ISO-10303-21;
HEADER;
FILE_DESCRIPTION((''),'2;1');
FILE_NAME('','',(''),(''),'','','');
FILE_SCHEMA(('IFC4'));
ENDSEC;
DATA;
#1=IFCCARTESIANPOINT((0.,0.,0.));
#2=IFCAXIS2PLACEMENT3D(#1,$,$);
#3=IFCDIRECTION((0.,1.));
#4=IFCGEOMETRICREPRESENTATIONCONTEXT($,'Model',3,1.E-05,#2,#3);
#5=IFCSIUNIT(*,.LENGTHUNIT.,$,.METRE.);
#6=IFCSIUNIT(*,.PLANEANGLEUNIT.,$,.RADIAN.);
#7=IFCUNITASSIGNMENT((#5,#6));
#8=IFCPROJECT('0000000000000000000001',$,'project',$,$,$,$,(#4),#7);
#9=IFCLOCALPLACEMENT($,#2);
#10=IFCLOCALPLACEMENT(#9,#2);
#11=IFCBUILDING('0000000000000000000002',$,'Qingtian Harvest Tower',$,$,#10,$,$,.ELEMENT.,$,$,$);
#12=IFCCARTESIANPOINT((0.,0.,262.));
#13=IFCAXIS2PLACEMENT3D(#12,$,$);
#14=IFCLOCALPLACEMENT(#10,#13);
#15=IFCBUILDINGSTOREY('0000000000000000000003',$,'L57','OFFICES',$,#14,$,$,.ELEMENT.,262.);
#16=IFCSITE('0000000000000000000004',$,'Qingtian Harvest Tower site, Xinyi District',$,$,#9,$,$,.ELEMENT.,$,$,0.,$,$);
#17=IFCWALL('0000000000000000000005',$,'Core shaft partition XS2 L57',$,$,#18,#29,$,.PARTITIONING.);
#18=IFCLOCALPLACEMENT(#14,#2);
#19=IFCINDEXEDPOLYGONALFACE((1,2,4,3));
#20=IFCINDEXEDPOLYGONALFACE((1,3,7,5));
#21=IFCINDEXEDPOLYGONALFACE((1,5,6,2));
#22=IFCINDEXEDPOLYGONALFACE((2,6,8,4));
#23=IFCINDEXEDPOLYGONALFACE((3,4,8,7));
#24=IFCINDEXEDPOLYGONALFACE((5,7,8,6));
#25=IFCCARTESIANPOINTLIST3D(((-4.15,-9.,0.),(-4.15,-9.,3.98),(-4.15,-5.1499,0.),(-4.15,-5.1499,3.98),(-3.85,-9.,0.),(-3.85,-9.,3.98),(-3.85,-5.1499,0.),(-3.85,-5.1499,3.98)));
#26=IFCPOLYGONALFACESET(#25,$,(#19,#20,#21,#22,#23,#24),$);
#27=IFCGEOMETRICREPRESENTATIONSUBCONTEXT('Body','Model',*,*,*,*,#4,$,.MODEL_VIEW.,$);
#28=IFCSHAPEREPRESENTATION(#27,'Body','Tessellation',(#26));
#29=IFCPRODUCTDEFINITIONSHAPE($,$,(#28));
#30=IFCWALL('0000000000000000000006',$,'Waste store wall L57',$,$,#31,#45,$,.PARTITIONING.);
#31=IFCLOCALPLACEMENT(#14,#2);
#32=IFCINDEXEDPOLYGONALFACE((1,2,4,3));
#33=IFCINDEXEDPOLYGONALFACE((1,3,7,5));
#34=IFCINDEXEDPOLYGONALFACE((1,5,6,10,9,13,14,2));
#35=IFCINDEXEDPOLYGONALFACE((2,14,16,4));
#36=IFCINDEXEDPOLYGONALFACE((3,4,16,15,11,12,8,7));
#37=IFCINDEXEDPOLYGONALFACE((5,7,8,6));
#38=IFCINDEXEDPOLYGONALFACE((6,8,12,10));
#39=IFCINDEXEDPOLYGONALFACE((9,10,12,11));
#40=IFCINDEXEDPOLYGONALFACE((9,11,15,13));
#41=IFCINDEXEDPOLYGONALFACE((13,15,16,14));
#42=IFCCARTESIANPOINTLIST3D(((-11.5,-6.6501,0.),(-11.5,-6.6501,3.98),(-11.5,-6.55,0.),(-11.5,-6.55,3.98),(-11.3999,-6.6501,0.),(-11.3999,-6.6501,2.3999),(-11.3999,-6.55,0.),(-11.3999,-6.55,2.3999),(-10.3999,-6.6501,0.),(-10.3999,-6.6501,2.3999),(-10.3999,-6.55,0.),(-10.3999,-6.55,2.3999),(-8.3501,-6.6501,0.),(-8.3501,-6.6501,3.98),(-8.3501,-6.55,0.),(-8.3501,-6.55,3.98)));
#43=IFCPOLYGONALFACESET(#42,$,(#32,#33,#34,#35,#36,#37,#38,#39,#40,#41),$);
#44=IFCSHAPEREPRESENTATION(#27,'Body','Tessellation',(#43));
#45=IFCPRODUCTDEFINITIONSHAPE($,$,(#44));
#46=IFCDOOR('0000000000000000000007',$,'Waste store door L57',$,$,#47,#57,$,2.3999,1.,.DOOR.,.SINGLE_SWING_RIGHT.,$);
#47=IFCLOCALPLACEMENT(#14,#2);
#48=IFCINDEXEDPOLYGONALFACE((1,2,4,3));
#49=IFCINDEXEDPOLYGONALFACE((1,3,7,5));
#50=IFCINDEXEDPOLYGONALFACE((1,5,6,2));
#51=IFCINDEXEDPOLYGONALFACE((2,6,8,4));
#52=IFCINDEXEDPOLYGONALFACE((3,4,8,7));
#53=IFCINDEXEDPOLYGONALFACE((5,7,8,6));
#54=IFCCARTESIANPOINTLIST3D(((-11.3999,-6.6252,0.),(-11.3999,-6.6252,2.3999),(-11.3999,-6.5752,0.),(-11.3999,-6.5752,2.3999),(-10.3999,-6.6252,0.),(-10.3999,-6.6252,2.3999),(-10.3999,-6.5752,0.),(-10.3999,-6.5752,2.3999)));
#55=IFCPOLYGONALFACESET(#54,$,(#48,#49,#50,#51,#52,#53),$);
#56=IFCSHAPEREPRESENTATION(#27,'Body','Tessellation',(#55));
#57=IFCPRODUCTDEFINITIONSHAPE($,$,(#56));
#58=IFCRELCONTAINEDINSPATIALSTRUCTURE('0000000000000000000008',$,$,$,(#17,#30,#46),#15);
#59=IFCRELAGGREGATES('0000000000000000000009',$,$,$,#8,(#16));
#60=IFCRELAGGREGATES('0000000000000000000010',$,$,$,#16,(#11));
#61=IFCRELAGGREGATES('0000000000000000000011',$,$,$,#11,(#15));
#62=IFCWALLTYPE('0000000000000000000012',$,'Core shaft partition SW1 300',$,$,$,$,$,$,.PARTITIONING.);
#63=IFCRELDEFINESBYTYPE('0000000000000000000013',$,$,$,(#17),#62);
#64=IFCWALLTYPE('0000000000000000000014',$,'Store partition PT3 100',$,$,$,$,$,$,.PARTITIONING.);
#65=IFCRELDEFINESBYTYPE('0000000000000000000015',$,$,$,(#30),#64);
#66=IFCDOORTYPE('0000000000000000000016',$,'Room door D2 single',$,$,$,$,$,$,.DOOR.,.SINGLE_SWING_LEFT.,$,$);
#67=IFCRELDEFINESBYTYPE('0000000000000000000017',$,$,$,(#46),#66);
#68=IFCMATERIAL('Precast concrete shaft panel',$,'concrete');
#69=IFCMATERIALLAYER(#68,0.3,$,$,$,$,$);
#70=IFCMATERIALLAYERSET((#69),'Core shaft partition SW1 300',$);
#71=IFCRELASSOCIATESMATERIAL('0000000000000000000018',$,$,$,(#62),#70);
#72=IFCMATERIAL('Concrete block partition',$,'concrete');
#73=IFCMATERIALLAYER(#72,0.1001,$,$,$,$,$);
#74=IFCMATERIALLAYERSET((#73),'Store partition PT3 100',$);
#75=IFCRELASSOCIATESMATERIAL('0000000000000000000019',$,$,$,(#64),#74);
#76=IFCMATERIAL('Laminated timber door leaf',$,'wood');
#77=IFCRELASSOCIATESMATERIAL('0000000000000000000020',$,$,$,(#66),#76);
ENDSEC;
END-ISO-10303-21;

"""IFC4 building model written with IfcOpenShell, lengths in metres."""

from ifc_helpers import new_model, si_unit, direction, frame, frame_2d, origin, place, context, subcontext, project, spatial, rectangle, extrude, material, layer, layer_set, type_object, element, fill, save


model = new_model("IFC4")

# Units and contexts
model_context = context("Model", 3, precision=1e-05, world=origin(), true_north=direction((0.0, 1.0)))
body_context = subcontext(model_context, "Body", "Model", "MODEL_VIEW")
ifc_project = project(units=[si_unit("LENGTHUNIT", "METRE"), si_unit("PLANEANGLEUNIT", "RADIAN")], contexts=[model_context])

# Site, building, storey
site_placement = place(None, origin())
site = spatial("IfcSite", under=ifc_project, at=site_placement, Name="Qingtian Harvest Tower site, Xinyi District", CompositionType="ELEMENT", RefElevation=0.0)
building_placement = place(site_placement, origin())
building = spatial("IfcBuilding", under=site, at=building_placement, Name="Qingtian Harvest Tower", CompositionType="ELEMENT")
storey_placement = place(building_placement, frame((0.0, 0.0, 262.0)))
storey = spatial("IfcBuildingStorey", under=building, at=storey_placement, Name="L57", Description="OFFICES", CompositionType="ELEMENT", Elevation=262.0)

# Wall
ifc_material_1 = material(Name="Precast concrete shaft panel", Category="concrete")
ifc_layer_1 = layer(ifc_material_1, 0.3)
ifc_layer_set_1 = layer_set([ifc_layer_1], Name="Core shaft partition SW1 300")
wall_type_1 = type_object("IfcWallType", Name="Core shaft partition SW1 300", PredefinedType="PARTITIONING", material=ifc_layer_set_1)
wall_1_placement = place(storey_placement, frame((-4.0, -9.0, 0.0), z_axis=(0.0, 0.0, 1.0), x_axis=(0.0, 1.0, 0.0)))
element("IfcWall", 1, at=wall_1_placement, inside=storey, type_object=wall_type_1, Name="Core shaft partition XS2 L57", PredefinedType="PARTITIONING", context=body_context, shape_type="SweptSolid", body=[
    extrude(rectangle(XDim=3.8501, YDim=0.3, at=frame_2d((1.925, 0.0))), origin(), (0.0, 0.0, 1.0), 3.98),
])

# Wall, opening, door
ifc_material_2 = material(Name="Concrete block partition", Category="concrete")
ifc_layer_2 = layer(ifc_material_2, 0.1001)
ifc_layer_set_2 = layer_set([ifc_layer_2], Name="Store partition PT3 100")
wall_type_2 = type_object("IfcWallType", Name="Store partition PT3 100", PredefinedType="PARTITIONING", material=ifc_layer_set_2)
wall_2_placement = place(storey_placement, frame((-11.5, -6.6001, 0.0), z_axis=(0.0, 0.0, 1.0), x_axis=(1.0, 0.0, 0.0)))
wall_2 = element("IfcWall", 2, at=wall_2_placement, inside=storey, type_object=wall_type_2, Name="Waste store wall L57", PredefinedType="PARTITIONING", context=body_context, shape_type="SweptSolid", body=[
    extrude(rectangle(XDim=3.1499, YDim=0.1001, at=frame_2d((1.575, 0.0))), origin(), (0.0, 0.0, 1.0), 3.98),
])
opening_1_placement = place(wall_2_placement, frame((0.1001, 0.0, 0.0)))
opening_1 = element("IfcOpeningElement", 3, at=opening_1_placement, cuts=wall_2, PredefinedType="OPENING", context=body_context, shape_type="SweptSolid", body=[
    extrude(rectangle(XDim=1.0, YDim=2.3999, at=frame_2d((0.5, 1.2))), frame((0.0, 0.0601, 0.0), z_axis=(0.0, -1.0, 0.0), x_axis=(1.0, 0.0, 0.0)), (0.0, 0.0, 1.0), 0.1201),
])
ifc_material_3 = material(Name="Laminated timber door leaf", Category="wood")
door_type_1 = type_object("IfcDoorType", Name="Room door D2 single", OperationType="SINGLE_SWING_LEFT", PredefinedType="DOOR", material=ifc_material_3)
door_1_placement = place(opening_1_placement, origin())
door_1 = element("IfcDoor", 4, at=door_1_placement, inside=storey, type_object=door_type_1, Name="Waste store door L57", OperationType="SINGLE_SWING_RIGHT", OverallHeight=2.3999, OverallWidth=1.0, PredefinedType="DOOR", context=body_context, shape_type="SweptSolid", body=[
    extrude(rectangle(XDim=1.0, YDim=2.3999, at=frame_2d((0.5, 1.2))), frame((0.0, 0.0249, 0.0), z_axis=(0.0, -1.0, 0.0), x_axis=(1.0, 0.0, 0.0)), (0.0, 0.0, 1.0), 0.05),
])
fill(opening_1, door_1)

save(model, "model.ifc")
